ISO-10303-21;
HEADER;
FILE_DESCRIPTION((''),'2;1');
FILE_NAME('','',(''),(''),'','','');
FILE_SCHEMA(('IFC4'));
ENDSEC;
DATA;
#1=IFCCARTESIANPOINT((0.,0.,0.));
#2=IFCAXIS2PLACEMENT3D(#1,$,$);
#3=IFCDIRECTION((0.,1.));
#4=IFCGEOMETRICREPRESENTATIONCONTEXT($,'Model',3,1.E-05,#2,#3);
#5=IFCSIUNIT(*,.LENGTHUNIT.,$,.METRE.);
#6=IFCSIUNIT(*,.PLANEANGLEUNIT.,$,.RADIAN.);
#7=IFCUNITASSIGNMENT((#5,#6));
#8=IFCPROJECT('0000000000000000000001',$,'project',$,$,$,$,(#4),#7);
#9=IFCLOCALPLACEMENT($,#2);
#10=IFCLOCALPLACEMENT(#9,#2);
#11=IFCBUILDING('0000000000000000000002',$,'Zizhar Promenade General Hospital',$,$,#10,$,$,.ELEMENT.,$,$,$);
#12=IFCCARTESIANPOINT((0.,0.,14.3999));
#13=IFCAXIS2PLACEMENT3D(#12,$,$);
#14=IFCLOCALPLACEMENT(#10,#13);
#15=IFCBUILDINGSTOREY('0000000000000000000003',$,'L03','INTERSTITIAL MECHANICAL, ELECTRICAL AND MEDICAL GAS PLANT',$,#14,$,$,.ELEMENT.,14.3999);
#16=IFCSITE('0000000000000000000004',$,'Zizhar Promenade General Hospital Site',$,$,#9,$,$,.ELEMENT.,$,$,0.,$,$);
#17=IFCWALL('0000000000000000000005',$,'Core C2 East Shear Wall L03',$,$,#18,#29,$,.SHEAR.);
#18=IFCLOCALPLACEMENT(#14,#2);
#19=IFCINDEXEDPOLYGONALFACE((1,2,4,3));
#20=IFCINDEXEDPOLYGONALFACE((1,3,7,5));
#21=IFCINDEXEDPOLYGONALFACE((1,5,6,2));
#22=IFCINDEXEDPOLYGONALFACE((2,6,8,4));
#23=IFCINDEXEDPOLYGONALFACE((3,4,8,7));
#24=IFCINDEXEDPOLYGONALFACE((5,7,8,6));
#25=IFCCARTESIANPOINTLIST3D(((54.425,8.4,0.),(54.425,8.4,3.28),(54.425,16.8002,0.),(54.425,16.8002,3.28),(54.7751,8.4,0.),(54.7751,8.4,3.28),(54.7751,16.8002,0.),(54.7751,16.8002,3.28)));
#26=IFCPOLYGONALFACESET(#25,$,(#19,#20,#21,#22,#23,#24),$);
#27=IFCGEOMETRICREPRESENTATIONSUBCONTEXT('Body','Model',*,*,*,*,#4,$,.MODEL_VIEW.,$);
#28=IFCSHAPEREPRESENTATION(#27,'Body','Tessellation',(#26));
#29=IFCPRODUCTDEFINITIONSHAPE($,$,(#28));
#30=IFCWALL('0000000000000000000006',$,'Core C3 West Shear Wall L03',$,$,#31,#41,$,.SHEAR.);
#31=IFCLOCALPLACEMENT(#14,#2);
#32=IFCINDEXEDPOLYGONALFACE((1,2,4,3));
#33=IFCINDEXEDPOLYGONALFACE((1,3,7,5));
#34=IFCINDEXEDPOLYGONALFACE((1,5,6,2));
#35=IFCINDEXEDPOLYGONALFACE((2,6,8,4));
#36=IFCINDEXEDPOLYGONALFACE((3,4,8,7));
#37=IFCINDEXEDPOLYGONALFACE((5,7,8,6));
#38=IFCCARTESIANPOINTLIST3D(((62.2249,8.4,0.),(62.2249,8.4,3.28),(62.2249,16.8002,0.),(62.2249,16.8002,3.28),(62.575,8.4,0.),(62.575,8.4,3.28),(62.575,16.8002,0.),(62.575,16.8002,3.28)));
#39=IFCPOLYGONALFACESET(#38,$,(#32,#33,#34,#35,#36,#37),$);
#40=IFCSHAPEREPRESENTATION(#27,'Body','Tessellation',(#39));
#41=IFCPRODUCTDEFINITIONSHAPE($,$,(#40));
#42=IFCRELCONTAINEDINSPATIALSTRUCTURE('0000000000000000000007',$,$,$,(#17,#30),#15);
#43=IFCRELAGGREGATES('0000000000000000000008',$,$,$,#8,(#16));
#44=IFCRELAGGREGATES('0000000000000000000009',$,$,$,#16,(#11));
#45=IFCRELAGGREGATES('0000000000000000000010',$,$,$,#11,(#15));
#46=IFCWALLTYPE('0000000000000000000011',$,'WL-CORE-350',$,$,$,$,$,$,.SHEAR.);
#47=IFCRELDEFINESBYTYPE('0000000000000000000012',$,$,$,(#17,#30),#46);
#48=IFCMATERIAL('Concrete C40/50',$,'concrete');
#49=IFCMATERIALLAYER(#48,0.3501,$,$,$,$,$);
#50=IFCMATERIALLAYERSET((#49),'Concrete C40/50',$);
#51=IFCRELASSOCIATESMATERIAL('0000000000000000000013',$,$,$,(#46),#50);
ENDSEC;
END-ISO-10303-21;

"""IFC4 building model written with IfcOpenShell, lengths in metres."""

from ifc_helpers import new_model, si_unit, direction, frame, frame_2d, origin, place, context, subcontext, project, spatial, rectangle, extrude, material, layer, layer_set, type_object, element, save


model = new_model("IFC4")

# Units and contexts
model_context = context("Model", 3, precision=1e-05, world=origin(), true_north=direction((0.0, 1.0)))
body_context = subcontext(model_context, "Body", "Model", "MODEL_VIEW")
ifc_project = project(units=[si_unit("LENGTHUNIT", "METRE"), si_unit("PLANEANGLEUNIT", "RADIAN")], contexts=[model_context])

# Site, building, storey
site_placement = place(None, origin())
site = spatial("IfcSite", under=ifc_project, at=site_placement, Name="Zizhar Promenade General Hospital Site", CompositionType="ELEMENT", RefElevation=0.0)
building_placement = place(site_placement, origin())
building = spatial("IfcBuilding", under=site, at=building_placement, Name="Zizhar Promenade General Hospital", CompositionType="ELEMENT")
storey_placement = place(building_placement, frame((0.0, 0.0, 14.3999)))
storey = spatial("IfcBuildingStorey", under=building, at=storey_placement, Name="L03", Description="INTERSTITIAL MECHANICAL, ELECTRICAL AND MEDICAL GAS PLANT", CompositionType="ELEMENT", Elevation=14.3999)

# Walls
ifc_material_1 = material(Name="Concrete C40/50", Category="concrete")
ifc_layer_1 = layer(ifc_material_1, 0.3501)
ifc_layer_set_1 = layer_set([ifc_layer_1], Name="Concrete C40/50")
wall_type_1 = type_object("IfcWallType", Name="WL-CORE-350", PredefinedType="SHEAR", material=ifc_layer_set_1)
for number, where, z_axis, x_axis, name in (
    (1, (54.6001, 8.3999, 0.0), (0.0, 0.0, 1.0), (0.0, 1.0, 0.0), "Core C2 East Shear Wall L03"),
    (2, (62.3999, 8.3999, 0.0), (0.0, 0.0, 1.0), (0.0, 1.0, 0.0), "Core C3 West Shear Wall L03"),
):
    element("IfcWall", number, at=place(storey_placement, frame(where, z_axis=z_axis, x_axis=x_axis)), inside=storey, type_object=wall_type_1, Name=name, PredefinedType="SHEAR", context=body_context, shape_type="SweptSolid", body=[
        extrude(rectangle(XDim=8.4001, YDim=0.3501, at=frame_2d((4.2002, 0.0))), origin(), (0.0, 0.0, 1.0), 3.28),
    ])

save(model, "model.ifc")
